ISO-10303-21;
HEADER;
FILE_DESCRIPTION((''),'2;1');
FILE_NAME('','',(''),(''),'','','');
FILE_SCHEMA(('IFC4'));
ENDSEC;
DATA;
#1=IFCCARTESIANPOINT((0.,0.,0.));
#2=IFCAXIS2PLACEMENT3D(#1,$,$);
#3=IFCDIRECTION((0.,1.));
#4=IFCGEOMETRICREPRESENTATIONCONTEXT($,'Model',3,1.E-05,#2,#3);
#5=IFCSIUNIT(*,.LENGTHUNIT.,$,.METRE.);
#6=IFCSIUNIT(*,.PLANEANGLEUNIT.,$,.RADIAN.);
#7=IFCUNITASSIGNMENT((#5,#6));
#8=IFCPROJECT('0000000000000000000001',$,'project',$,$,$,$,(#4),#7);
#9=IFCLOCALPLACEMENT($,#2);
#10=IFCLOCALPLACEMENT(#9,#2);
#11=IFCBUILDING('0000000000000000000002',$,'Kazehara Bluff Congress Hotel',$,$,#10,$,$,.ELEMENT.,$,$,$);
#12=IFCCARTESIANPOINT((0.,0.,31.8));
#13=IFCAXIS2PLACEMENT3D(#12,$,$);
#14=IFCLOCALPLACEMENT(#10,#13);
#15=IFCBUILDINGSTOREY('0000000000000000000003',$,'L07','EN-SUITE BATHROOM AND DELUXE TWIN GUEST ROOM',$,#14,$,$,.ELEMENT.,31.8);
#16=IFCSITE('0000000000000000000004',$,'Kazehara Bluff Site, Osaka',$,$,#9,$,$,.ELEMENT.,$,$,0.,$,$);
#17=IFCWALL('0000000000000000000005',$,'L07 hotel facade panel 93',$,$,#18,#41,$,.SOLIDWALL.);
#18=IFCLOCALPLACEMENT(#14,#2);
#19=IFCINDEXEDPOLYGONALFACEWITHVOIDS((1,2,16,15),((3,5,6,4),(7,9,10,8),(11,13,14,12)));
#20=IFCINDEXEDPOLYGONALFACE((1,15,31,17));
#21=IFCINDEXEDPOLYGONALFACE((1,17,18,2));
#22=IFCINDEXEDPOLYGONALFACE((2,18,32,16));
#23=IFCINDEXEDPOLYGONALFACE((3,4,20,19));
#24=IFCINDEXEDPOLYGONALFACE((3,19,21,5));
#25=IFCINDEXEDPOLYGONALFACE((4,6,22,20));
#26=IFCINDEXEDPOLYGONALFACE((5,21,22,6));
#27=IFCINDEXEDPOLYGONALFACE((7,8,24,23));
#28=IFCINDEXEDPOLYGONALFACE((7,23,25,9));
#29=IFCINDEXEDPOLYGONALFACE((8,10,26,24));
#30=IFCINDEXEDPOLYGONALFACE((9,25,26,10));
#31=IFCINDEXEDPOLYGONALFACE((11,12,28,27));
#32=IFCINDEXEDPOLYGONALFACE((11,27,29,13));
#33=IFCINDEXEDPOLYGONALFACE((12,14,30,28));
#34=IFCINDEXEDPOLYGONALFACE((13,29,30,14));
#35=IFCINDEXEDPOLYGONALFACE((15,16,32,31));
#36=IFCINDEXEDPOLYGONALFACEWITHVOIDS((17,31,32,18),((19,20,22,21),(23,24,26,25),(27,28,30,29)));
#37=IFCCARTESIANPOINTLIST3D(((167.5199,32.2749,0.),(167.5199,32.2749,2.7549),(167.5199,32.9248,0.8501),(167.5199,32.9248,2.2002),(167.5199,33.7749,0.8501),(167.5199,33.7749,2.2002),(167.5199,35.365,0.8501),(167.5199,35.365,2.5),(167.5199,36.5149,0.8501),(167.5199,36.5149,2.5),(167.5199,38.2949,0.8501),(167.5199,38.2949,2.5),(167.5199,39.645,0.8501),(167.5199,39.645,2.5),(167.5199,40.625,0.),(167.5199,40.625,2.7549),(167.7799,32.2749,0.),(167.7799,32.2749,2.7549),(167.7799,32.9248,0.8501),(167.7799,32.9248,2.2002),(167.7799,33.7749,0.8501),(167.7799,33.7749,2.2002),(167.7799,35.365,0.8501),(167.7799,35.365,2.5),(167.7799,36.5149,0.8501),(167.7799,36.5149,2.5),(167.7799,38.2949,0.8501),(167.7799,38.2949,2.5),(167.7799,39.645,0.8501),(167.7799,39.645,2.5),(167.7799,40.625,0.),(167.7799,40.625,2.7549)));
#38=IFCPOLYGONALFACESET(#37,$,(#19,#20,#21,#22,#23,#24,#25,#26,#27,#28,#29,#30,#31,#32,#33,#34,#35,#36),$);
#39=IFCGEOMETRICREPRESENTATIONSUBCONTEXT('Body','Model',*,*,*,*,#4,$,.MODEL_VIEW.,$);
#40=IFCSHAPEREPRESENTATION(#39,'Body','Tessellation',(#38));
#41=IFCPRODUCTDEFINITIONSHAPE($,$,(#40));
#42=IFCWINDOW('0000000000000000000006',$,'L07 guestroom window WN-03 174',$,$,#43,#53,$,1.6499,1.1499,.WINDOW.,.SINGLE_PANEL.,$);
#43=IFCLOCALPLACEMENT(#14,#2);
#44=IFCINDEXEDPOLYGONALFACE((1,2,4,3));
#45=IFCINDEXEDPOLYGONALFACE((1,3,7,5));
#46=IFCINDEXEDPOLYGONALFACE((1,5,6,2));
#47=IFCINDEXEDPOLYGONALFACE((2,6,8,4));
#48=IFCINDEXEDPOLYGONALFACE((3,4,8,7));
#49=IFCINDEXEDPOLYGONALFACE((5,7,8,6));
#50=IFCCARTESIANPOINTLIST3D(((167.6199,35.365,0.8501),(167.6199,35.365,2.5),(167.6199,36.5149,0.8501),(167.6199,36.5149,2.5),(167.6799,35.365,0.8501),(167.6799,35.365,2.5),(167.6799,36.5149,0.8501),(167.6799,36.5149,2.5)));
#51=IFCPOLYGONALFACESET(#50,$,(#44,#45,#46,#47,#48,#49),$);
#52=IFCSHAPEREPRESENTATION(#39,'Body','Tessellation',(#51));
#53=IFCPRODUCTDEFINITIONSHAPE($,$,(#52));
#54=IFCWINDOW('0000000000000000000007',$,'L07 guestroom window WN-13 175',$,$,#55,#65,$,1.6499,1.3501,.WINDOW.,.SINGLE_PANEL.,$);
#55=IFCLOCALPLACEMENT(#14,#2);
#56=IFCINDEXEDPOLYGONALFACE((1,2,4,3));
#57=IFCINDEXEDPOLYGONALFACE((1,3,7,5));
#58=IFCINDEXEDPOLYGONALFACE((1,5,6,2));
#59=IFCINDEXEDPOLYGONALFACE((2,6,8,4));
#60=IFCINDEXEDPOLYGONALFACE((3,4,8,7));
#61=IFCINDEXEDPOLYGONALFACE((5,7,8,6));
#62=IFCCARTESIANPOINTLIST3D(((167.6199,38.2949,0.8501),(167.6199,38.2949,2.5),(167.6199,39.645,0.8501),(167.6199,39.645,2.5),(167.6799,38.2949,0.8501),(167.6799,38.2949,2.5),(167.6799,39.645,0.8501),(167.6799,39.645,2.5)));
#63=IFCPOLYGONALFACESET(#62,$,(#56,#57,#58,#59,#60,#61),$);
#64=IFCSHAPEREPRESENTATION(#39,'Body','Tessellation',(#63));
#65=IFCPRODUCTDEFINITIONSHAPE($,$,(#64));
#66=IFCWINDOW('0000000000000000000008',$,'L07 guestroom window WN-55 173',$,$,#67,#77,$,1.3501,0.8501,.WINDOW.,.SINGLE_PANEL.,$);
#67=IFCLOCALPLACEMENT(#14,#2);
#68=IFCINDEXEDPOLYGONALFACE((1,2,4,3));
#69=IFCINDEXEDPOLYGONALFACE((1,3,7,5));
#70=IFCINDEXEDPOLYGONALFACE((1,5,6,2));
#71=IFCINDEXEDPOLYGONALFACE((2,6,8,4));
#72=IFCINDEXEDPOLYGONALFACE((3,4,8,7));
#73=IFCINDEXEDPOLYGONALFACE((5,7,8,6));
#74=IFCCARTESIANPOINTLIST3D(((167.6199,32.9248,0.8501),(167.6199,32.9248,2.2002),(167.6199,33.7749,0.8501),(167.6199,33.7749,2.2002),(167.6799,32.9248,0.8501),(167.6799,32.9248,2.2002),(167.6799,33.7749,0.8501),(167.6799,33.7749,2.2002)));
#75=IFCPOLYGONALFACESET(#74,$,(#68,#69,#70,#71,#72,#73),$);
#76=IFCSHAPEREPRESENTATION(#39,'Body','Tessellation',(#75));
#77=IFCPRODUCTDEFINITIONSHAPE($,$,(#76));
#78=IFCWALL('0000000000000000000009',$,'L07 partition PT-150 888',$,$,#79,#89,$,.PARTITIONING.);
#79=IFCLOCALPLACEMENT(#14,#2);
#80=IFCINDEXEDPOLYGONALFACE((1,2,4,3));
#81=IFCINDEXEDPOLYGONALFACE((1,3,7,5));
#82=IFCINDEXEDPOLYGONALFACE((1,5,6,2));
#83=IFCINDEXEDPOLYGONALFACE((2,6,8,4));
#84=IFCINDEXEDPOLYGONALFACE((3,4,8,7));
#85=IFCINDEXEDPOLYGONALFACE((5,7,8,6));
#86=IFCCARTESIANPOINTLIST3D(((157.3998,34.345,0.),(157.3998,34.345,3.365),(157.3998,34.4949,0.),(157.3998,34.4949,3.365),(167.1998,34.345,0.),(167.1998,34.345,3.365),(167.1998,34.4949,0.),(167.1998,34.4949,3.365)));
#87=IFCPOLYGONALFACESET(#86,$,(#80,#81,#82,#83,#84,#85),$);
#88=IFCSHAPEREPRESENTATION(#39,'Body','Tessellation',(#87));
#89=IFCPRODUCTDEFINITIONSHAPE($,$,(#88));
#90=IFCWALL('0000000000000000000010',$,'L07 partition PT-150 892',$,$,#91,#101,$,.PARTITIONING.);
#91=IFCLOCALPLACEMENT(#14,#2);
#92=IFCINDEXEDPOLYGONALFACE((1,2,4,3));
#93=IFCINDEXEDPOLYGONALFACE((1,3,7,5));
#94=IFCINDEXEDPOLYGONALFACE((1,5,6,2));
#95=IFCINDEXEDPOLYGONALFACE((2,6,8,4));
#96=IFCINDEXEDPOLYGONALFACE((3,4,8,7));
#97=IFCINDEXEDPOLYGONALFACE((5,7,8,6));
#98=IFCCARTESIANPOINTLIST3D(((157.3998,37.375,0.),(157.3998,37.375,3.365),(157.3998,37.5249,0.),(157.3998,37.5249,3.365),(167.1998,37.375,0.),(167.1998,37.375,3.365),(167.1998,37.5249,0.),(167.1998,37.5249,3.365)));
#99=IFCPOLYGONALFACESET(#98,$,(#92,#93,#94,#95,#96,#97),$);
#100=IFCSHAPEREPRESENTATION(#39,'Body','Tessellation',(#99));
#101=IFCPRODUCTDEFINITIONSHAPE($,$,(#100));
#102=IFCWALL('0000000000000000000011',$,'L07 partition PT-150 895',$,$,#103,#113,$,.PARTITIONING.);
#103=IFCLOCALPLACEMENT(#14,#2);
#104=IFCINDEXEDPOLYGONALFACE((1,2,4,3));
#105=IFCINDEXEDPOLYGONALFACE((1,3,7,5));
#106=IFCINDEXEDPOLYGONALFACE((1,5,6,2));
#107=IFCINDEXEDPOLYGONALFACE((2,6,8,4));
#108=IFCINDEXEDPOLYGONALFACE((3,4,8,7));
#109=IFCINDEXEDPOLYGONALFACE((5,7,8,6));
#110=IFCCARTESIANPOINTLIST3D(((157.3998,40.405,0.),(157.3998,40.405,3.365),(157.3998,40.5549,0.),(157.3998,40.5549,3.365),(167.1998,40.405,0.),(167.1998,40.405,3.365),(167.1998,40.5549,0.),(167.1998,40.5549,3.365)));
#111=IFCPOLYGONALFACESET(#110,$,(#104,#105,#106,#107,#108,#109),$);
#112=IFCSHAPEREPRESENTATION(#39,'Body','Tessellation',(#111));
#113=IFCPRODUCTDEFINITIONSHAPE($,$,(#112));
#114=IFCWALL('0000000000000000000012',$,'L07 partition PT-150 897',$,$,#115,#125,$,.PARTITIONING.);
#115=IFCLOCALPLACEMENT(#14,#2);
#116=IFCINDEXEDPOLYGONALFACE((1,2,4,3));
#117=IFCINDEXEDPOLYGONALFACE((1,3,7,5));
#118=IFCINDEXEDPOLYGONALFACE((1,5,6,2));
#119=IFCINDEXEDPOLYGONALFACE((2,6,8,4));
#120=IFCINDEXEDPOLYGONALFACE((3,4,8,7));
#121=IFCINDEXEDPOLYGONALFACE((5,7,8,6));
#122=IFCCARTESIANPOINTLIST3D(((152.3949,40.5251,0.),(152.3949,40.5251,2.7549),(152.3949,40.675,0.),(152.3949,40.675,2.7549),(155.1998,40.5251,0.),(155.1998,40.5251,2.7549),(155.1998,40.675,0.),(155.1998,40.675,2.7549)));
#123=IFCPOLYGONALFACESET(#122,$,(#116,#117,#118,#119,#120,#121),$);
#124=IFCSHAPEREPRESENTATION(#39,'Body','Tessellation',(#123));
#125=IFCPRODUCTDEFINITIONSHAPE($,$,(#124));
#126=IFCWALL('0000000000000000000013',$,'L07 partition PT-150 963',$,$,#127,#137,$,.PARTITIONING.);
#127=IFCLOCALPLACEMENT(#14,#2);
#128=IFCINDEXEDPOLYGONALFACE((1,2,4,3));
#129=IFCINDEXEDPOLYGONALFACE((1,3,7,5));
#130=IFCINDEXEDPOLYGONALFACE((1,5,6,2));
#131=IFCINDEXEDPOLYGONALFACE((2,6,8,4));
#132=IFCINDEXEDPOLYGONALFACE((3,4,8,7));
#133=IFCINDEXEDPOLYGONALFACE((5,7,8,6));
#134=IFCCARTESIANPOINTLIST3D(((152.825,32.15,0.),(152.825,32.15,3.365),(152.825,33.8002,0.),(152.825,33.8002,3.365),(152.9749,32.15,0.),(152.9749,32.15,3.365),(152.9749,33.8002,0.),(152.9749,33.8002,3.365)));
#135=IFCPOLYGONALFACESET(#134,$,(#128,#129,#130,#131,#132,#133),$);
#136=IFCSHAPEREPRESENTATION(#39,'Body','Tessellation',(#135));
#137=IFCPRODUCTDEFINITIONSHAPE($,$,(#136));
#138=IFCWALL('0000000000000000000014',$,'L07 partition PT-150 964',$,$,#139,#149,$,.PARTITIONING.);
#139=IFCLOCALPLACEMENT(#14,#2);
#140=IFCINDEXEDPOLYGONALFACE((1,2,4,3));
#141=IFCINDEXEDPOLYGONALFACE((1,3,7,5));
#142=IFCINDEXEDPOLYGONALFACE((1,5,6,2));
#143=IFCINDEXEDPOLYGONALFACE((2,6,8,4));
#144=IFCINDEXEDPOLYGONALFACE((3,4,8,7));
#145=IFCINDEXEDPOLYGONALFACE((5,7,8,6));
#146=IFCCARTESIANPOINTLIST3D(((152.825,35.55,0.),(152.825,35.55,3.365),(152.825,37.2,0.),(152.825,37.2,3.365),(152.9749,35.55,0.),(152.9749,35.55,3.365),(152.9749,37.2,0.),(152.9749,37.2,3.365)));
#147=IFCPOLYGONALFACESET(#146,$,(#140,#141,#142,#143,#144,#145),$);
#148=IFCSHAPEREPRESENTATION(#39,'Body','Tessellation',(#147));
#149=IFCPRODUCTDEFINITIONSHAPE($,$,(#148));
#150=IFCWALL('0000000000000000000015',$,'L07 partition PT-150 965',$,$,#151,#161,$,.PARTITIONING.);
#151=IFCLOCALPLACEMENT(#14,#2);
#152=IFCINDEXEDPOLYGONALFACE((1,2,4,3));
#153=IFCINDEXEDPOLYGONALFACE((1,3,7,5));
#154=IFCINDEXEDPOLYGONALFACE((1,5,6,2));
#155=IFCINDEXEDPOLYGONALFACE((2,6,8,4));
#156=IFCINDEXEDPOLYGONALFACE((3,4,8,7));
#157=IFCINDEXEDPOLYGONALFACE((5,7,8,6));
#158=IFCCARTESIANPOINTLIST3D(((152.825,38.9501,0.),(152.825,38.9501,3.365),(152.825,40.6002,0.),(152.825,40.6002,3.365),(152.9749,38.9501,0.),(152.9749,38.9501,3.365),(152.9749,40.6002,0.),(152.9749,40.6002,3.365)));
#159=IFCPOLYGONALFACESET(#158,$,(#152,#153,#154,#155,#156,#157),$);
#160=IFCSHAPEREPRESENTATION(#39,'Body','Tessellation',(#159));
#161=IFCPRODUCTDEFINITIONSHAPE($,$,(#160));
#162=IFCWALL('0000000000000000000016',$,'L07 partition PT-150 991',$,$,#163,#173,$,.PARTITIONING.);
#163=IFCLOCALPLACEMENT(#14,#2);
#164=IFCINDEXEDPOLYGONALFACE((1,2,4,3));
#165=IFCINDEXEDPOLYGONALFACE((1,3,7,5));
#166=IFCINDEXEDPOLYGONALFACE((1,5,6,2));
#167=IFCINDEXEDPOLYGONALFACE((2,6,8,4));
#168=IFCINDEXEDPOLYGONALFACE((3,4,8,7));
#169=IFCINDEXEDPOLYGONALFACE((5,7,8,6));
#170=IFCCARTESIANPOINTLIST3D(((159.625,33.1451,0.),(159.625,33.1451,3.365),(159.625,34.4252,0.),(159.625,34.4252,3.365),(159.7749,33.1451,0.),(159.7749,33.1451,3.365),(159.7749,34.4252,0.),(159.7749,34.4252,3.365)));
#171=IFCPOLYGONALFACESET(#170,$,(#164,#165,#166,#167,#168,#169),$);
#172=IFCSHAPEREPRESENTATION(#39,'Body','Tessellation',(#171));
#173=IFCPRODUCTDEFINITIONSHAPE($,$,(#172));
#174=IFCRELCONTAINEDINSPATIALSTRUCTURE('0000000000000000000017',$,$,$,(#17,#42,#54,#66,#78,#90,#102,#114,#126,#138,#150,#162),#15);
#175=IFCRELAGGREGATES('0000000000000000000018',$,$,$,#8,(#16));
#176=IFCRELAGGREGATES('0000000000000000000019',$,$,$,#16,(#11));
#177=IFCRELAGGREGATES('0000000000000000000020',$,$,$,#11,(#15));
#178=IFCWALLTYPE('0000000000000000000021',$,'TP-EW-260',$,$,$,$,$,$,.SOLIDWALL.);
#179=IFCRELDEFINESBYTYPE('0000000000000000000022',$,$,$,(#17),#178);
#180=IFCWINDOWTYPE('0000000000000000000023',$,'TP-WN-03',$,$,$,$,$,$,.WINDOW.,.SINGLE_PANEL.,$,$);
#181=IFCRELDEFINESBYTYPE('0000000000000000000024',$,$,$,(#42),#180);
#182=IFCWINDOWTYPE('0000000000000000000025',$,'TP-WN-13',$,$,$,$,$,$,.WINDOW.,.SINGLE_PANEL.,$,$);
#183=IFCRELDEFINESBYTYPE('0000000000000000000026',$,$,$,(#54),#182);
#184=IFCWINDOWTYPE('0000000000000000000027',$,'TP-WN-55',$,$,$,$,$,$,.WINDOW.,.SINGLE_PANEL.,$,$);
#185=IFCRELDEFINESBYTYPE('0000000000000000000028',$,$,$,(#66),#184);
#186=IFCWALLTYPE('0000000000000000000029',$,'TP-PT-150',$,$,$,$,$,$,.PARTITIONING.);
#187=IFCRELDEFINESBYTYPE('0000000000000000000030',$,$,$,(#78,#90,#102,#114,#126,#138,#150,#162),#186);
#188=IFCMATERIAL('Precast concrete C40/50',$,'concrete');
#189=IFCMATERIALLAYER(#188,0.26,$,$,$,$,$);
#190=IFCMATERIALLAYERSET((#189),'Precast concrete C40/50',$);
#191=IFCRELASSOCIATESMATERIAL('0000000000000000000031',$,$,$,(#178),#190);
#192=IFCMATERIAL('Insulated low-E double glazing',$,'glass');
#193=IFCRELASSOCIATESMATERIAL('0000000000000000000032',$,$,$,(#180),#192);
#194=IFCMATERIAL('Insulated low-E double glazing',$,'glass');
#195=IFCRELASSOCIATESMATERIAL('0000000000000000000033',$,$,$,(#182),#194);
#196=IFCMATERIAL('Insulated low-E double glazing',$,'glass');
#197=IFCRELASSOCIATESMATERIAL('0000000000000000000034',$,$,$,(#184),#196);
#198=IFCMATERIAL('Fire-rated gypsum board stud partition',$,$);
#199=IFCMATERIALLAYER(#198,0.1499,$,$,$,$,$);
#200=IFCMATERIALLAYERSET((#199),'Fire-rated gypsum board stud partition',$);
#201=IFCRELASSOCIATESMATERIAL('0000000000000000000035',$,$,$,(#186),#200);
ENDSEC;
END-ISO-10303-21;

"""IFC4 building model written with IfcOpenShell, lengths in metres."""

from ifc_helpers import new_model, si_unit, direction, frame, frame_2d, origin, place, context, subcontext, project, spatial, rectangle, extrude, material, layer, layer_set, type_object, element, fill, save


model = new_model("IFC4")

# Units and contexts
model_context = context("Model", 3, precision=1e-05, world=origin(), true_north=direction((0.0, 1.0)))
body_context = subcontext(model_context, "Body", "Model", "MODEL_VIEW")
ifc_project = project(units=[si_unit("LENGTHUNIT", "METRE"), si_unit("PLANEANGLEUNIT", "RADIAN")], contexts=[model_context])

# Site, building, storey
site_placement = place(None, origin())
site = spatial("IfcSite", under=ifc_project, at=site_placement, Name="Kazehara Bluff Site, Osaka", CompositionType="ELEMENT", RefElevation=0.0)
building_placement = place(site_placement, origin())
building = spatial("IfcBuilding", under=site, at=building_placement, Name="Kazehara Bluff Congress Hotel", CompositionType="ELEMENT")
storey_placement = place(building_placement, frame((0.0, 0.0, 31.8)))
storey = spatial("IfcBuildingStorey", under=building, at=storey_placement, Name="L07", Description="EN-SUITE BATHROOM AND DELUXE TWIN GUEST ROOM", CompositionType="ELEMENT", Elevation=31.8)

# Wall, openings, windows
ifc_material_1 = material(Name="Precast concrete C40/50", Category="concrete")
ifc_layer_1 = layer(ifc_material_1, 0.26)
ifc_layer_set_1 = layer_set([ifc_layer_1], Name="Precast concrete C40/50")
wall_type_1 = type_object("IfcWallType", Name="TP-EW-260", PredefinedType="SOLIDWALL", material=ifc_layer_set_1)
wall_1_placement = place(storey_placement, frame((167.6499, 40.625, 0.0), z_axis=(0.0, 0.0, 1.0), x_axis=(0.0, -1.0, 0.0)))
wall_1 = element("IfcWall", 1, at=wall_1_placement, inside=storey, type_object=wall_type_1, Name="L07 hotel facade panel 93", PredefinedType="SOLIDWALL", context=body_context, shape_type="SweptSolid", body=[
    extrude(rectangle(XDim=8.3501, YDim=0.26, at=frame_2d((4.175, 0.0))), origin(), (0.0, 0.0, 1.0), 2.7549),
])
opening_1_placement = place(wall_1_placement, frame((6.8501, 0.0, 0.8501)))
opening_1 = element("IfcOpeningElement", 2, at=opening_1_placement, cuts=wall_1, PredefinedType="OPENING", context=body_context, shape_type="SweptSolid", body=[
    extrude(rectangle(XDim=0.8501, YDim=1.3501, at=frame_2d((0.425, 0.675))), frame((0.0, 0.1399, 0.0), z_axis=(0.0, -1.0, 0.0), x_axis=(1.0, 0.0, 0.0)), (0.0, 0.0, 1.0), 0.28),
])
opening_2_placement = place(wall_1_placement, frame((4.1101, 0.0, 0.8501)))
opening_2 = element("IfcOpeningElement", 3, at=opening_2_placement, cuts=wall_1, PredefinedType="OPENING", context=body_context, shape_type="SweptSolid", body=[
    extrude(rectangle(XDim=1.1499, YDim=1.6499, at=frame_2d((0.575, 0.825))), frame((0.0, 0.1399, 0.0), z_axis=(0.0, -1.0, 0.0), x_axis=(1.0, 0.0, 0.0)), (0.0, 0.0, 1.0), 0.28),
])
opening_3_placement = place(wall_1_placement, frame((0.98, 0.0, 0.8501)))
opening_3 = element("IfcOpeningElement", 4, at=opening_3_placement, cuts=wall_1, PredefinedType="OPENING", context=body_context, shape_type="SweptSolid", body=[
    extrude(rectangle(XDim=1.3501, YDim=1.6499, at=frame_2d((0.675, 0.825))), frame((0.0, 0.1399, 0.0), z_axis=(0.0, -1.0, 0.0), x_axis=(1.0, 0.0, 0.0)), (0.0, 0.0, 1.0), 0.28),
])
ifc_material_2 = material(Name="Insulated low-E double glazing", Category="glass")
window_type_1 = type_object("IfcWindowType", Name="TP-WN-03", PartitioningType="SINGLE_PANEL", PredefinedType="WINDOW", material=ifc_material_2)
window_1_placement = place(opening_2_placement, origin())
window_1 = element("IfcWindow", 5, at=window_1_placement, inside=storey, type_object=window_type_1, Name="L07 guestroom window WN-03 174", OverallHeight=1.6499, OverallWidth=1.1499, PartitioningType="SINGLE_PANEL", PredefinedType="WINDOW", context=body_context, shape_type="SweptSolid", body=[
    extrude(rectangle(XDim=1.1499, YDim=1.6499, at=frame_2d((0.575, 0.825))), frame((0.0, 0.03, 0.0), z_axis=(0.0, -1.0, 0.0), x_axis=(1.0, 0.0, 0.0)), (0.0, 0.0, 1.0), 0.0601),
])
fill(opening_2, window_1)
ifc_material_3 = material(Name="Insulated low-E double glazing", Category="glass")
window_type_2 = type_object("IfcWindowType", Name="TP-WN-13", PartitioningType="SINGLE_PANEL", PredefinedType="WINDOW", material=ifc_material_3)
window_2_placement = place(opening_3_placement, origin())
window_2 = element("IfcWindow", 6, at=window_2_placement, inside=storey, type_object=window_type_2, Name="L07 guestroom window WN-13 175", OverallHeight=1.6499, OverallWidth=1.3501, PartitioningType="SINGLE_PANEL", PredefinedType="WINDOW", context=body_context, shape_type="SweptSolid", body=[
    extrude(rectangle(XDim=1.3501, YDim=1.6499, at=frame_2d((0.675, 0.825))), frame((0.0, 0.03, 0.0), z_axis=(0.0, -1.0, 0.0), x_axis=(1.0, 0.0, 0.0)), (0.0, 0.0, 1.0), 0.0601),
])
fill(opening_3, window_2)
ifc_material_4 = material(Name="Insulated low-E double glazing", Category="glass")
window_type_3 = type_object("IfcWindowType", Name="TP-WN-55", PartitioningType="SINGLE_PANEL", PredefinedType="WINDOW", material=ifc_material_4)
window_3_placement = place(opening_1_placement, origin())
window_3 = element("IfcWindow", 7, at=window_3_placement, inside=storey, type_object=window_type_3, Name="L07 guestroom window WN-55 173", OverallHeight=1.3501, OverallWidth=0.8501, PartitioningType="SINGLE_PANEL", PredefinedType="WINDOW", context=body_context, shape_type="SweptSolid", body=[
    extrude(rectangle(XDim=0.8501, YDim=1.3501, at=frame_2d((0.425, 0.675))), frame((0.0, 0.03, 0.0), z_axis=(0.0, -1.0, 0.0), x_axis=(1.0, 0.0, 0.0)), (0.0, 0.0, 1.0), 0.0601),
])
fill(opening_1, window_3)

# Shared definitions
ifc_material_5 = material(Name="Fire-rated gypsum board stud partition")
ifc_layer_2 = layer(ifc_material_5, 0.1499)
ifc_layer_set_2 = layer_set([ifc_layer_2], Name="Fire-rated gypsum board stud partition")
wall_type_2 = type_object("IfcWallType", Name="TP-PT-150", PredefinedType="PARTITIONING", material=ifc_layer_set_2)

# Wall
wall_2_placement = place(storey_placement, frame((157.3999, 34.4199, 0.0), z_axis=(0.0, 0.0, 1.0), x_axis=(1.0, 0.0, 0.0)))
element("IfcWall", 8, at=wall_2_placement, inside=storey, type_object=wall_type_2, Name="L07 partition PT-150 888", PredefinedType="PARTITIONING", context=body_context, shape_type="SweptSolid", body=[
    extrude(rectangle(XDim=9.8, YDim=0.1499, at=frame_2d((4.8999, 0.0))), origin(), (0.0, 0.0, 1.0), 3.365),
])

# Wall
wall_3_placement = place(storey_placement, frame((157.3999, 37.45, 0.0), z_axis=(0.0, 0.0, 1.0), x_axis=(1.0, 0.0, 0.0)))
element("IfcWall", 9, at=wall_3_placement, inside=storey, type_object=wall_type_2, Name="L07 partition PT-150 892", PredefinedType="PARTITIONING", context=body_context, shape_type="SweptSolid", body=[
    extrude(rectangle(XDim=9.8, YDim=0.1499, at=frame_2d((4.8999, 0.0))), origin(), (0.0, 0.0, 1.0), 3.365),
])

# Walls
wall_4_placement = place(storey_placement, frame((157.3999, 40.48, 0.0), z_axis=(0.0, 0.0, 1.0), x_axis=(1.0, 0.0, 0.0)))
element("IfcWall", 10, at=wall_4_placement, inside=storey, type_object=wall_type_2, Name="L07 partition PT-150 895", PredefinedType="PARTITIONING", context=body_context, shape_type="SweptSolid", body=[
    extrude(rectangle(XDim=9.8, YDim=0.1499, at=frame_2d((4.8999, 0.0))), origin(), (0.0, 0.0, 1.0), 3.365),
])
wall_5_placement = place(storey_placement, frame((152.395, 40.6001, 0.0), z_axis=(0.0, 0.0, 1.0), x_axis=(1.0, 0.0, 0.0)))
element("IfcWall", 11, at=wall_5_placement, inside=storey, type_object=wall_type_2, Name="L07 partition PT-150 897", PredefinedType="PARTITIONING", context=body_context, shape_type="SweptSolid", body=[
    extrude(rectangle(XDim=2.8049, YDim=0.1499, at=frame_2d((1.4023, 0.0))), origin(), (0.0, 0.0, 1.0), 2.7549),
])
wall_6_placement = place(storey_placement, frame((152.8999, 32.1499, 0.0), z_axis=(0.0, 0.0, 1.0), x_axis=(0.0, 1.0, 0.0)))
element("IfcWall", 12, at=wall_6_placement, inside=storey, type_object=wall_type_2, Name="L07 partition PT-150 963", PredefinedType="PARTITIONING", context=body_context, shape_type="SweptSolid", body=[
    extrude(rectangle(XDim=1.6501, YDim=0.1499, at=frame_2d((0.8252, 0.0))), origin(), (0.0, 0.0, 1.0), 3.365),
])
wall_7_placement = place(storey_placement, frame((152.8999, 35.55, 0.0), z_axis=(0.0, 0.0, 1.0), x_axis=(0.0, 1.0, 0.0)))
element("IfcWall", 13, at=wall_7_placement, inside=storey, type_object=wall_type_2, Name="L07 partition PT-150 964", PredefinedType="PARTITIONING", context=body_context, shape_type="SweptSolid", body=[
    extrude(rectangle(XDim=1.6499, YDim=0.1499, at=frame_2d((0.825, 0.0))), origin(), (0.0, 0.0, 1.0), 3.365),
])
wall_8_placement = place(storey_placement, frame((152.8999, 38.95, 0.0), z_axis=(0.0, 0.0, 1.0), x_axis=(0.0, 1.0, 0.0)))
element("IfcWall", 14, at=wall_8_placement, inside=storey, type_object=wall_type_2, Name="L07 partition PT-150 965", PredefinedType="PARTITIONING", context=body_context, shape_type="SweptSolid", body=[
    extrude(rectangle(XDim=1.6501, YDim=0.1499, at=frame_2d((0.8252, 0.0))), origin(), (0.0, 0.0, 1.0), 3.365),
])
for number, where, z_axis, x_axis, name in (
    (15, (159.7, 33.145, 0.0), (0.0, 0.0, 1.0), (0.0, 1.0, 0.0), "L07 partition PT-150 991"),
):
    element("IfcWall", number, at=place(storey_placement, frame(where, z_axis=z_axis, x_axis=x_axis)), inside=storey, type_object=wall_type_2, Name=name, PredefinedType="PARTITIONING", context=body_context, shape_type="SweptSolid", body=[
        extrude(rectangle(XDim=1.28, YDim=0.1499, at=frame_2d((0.6401, 0.0))), origin(), (0.0, 0.0, 1.0), 3.365),
    ])

save(model, "model.ifc")
